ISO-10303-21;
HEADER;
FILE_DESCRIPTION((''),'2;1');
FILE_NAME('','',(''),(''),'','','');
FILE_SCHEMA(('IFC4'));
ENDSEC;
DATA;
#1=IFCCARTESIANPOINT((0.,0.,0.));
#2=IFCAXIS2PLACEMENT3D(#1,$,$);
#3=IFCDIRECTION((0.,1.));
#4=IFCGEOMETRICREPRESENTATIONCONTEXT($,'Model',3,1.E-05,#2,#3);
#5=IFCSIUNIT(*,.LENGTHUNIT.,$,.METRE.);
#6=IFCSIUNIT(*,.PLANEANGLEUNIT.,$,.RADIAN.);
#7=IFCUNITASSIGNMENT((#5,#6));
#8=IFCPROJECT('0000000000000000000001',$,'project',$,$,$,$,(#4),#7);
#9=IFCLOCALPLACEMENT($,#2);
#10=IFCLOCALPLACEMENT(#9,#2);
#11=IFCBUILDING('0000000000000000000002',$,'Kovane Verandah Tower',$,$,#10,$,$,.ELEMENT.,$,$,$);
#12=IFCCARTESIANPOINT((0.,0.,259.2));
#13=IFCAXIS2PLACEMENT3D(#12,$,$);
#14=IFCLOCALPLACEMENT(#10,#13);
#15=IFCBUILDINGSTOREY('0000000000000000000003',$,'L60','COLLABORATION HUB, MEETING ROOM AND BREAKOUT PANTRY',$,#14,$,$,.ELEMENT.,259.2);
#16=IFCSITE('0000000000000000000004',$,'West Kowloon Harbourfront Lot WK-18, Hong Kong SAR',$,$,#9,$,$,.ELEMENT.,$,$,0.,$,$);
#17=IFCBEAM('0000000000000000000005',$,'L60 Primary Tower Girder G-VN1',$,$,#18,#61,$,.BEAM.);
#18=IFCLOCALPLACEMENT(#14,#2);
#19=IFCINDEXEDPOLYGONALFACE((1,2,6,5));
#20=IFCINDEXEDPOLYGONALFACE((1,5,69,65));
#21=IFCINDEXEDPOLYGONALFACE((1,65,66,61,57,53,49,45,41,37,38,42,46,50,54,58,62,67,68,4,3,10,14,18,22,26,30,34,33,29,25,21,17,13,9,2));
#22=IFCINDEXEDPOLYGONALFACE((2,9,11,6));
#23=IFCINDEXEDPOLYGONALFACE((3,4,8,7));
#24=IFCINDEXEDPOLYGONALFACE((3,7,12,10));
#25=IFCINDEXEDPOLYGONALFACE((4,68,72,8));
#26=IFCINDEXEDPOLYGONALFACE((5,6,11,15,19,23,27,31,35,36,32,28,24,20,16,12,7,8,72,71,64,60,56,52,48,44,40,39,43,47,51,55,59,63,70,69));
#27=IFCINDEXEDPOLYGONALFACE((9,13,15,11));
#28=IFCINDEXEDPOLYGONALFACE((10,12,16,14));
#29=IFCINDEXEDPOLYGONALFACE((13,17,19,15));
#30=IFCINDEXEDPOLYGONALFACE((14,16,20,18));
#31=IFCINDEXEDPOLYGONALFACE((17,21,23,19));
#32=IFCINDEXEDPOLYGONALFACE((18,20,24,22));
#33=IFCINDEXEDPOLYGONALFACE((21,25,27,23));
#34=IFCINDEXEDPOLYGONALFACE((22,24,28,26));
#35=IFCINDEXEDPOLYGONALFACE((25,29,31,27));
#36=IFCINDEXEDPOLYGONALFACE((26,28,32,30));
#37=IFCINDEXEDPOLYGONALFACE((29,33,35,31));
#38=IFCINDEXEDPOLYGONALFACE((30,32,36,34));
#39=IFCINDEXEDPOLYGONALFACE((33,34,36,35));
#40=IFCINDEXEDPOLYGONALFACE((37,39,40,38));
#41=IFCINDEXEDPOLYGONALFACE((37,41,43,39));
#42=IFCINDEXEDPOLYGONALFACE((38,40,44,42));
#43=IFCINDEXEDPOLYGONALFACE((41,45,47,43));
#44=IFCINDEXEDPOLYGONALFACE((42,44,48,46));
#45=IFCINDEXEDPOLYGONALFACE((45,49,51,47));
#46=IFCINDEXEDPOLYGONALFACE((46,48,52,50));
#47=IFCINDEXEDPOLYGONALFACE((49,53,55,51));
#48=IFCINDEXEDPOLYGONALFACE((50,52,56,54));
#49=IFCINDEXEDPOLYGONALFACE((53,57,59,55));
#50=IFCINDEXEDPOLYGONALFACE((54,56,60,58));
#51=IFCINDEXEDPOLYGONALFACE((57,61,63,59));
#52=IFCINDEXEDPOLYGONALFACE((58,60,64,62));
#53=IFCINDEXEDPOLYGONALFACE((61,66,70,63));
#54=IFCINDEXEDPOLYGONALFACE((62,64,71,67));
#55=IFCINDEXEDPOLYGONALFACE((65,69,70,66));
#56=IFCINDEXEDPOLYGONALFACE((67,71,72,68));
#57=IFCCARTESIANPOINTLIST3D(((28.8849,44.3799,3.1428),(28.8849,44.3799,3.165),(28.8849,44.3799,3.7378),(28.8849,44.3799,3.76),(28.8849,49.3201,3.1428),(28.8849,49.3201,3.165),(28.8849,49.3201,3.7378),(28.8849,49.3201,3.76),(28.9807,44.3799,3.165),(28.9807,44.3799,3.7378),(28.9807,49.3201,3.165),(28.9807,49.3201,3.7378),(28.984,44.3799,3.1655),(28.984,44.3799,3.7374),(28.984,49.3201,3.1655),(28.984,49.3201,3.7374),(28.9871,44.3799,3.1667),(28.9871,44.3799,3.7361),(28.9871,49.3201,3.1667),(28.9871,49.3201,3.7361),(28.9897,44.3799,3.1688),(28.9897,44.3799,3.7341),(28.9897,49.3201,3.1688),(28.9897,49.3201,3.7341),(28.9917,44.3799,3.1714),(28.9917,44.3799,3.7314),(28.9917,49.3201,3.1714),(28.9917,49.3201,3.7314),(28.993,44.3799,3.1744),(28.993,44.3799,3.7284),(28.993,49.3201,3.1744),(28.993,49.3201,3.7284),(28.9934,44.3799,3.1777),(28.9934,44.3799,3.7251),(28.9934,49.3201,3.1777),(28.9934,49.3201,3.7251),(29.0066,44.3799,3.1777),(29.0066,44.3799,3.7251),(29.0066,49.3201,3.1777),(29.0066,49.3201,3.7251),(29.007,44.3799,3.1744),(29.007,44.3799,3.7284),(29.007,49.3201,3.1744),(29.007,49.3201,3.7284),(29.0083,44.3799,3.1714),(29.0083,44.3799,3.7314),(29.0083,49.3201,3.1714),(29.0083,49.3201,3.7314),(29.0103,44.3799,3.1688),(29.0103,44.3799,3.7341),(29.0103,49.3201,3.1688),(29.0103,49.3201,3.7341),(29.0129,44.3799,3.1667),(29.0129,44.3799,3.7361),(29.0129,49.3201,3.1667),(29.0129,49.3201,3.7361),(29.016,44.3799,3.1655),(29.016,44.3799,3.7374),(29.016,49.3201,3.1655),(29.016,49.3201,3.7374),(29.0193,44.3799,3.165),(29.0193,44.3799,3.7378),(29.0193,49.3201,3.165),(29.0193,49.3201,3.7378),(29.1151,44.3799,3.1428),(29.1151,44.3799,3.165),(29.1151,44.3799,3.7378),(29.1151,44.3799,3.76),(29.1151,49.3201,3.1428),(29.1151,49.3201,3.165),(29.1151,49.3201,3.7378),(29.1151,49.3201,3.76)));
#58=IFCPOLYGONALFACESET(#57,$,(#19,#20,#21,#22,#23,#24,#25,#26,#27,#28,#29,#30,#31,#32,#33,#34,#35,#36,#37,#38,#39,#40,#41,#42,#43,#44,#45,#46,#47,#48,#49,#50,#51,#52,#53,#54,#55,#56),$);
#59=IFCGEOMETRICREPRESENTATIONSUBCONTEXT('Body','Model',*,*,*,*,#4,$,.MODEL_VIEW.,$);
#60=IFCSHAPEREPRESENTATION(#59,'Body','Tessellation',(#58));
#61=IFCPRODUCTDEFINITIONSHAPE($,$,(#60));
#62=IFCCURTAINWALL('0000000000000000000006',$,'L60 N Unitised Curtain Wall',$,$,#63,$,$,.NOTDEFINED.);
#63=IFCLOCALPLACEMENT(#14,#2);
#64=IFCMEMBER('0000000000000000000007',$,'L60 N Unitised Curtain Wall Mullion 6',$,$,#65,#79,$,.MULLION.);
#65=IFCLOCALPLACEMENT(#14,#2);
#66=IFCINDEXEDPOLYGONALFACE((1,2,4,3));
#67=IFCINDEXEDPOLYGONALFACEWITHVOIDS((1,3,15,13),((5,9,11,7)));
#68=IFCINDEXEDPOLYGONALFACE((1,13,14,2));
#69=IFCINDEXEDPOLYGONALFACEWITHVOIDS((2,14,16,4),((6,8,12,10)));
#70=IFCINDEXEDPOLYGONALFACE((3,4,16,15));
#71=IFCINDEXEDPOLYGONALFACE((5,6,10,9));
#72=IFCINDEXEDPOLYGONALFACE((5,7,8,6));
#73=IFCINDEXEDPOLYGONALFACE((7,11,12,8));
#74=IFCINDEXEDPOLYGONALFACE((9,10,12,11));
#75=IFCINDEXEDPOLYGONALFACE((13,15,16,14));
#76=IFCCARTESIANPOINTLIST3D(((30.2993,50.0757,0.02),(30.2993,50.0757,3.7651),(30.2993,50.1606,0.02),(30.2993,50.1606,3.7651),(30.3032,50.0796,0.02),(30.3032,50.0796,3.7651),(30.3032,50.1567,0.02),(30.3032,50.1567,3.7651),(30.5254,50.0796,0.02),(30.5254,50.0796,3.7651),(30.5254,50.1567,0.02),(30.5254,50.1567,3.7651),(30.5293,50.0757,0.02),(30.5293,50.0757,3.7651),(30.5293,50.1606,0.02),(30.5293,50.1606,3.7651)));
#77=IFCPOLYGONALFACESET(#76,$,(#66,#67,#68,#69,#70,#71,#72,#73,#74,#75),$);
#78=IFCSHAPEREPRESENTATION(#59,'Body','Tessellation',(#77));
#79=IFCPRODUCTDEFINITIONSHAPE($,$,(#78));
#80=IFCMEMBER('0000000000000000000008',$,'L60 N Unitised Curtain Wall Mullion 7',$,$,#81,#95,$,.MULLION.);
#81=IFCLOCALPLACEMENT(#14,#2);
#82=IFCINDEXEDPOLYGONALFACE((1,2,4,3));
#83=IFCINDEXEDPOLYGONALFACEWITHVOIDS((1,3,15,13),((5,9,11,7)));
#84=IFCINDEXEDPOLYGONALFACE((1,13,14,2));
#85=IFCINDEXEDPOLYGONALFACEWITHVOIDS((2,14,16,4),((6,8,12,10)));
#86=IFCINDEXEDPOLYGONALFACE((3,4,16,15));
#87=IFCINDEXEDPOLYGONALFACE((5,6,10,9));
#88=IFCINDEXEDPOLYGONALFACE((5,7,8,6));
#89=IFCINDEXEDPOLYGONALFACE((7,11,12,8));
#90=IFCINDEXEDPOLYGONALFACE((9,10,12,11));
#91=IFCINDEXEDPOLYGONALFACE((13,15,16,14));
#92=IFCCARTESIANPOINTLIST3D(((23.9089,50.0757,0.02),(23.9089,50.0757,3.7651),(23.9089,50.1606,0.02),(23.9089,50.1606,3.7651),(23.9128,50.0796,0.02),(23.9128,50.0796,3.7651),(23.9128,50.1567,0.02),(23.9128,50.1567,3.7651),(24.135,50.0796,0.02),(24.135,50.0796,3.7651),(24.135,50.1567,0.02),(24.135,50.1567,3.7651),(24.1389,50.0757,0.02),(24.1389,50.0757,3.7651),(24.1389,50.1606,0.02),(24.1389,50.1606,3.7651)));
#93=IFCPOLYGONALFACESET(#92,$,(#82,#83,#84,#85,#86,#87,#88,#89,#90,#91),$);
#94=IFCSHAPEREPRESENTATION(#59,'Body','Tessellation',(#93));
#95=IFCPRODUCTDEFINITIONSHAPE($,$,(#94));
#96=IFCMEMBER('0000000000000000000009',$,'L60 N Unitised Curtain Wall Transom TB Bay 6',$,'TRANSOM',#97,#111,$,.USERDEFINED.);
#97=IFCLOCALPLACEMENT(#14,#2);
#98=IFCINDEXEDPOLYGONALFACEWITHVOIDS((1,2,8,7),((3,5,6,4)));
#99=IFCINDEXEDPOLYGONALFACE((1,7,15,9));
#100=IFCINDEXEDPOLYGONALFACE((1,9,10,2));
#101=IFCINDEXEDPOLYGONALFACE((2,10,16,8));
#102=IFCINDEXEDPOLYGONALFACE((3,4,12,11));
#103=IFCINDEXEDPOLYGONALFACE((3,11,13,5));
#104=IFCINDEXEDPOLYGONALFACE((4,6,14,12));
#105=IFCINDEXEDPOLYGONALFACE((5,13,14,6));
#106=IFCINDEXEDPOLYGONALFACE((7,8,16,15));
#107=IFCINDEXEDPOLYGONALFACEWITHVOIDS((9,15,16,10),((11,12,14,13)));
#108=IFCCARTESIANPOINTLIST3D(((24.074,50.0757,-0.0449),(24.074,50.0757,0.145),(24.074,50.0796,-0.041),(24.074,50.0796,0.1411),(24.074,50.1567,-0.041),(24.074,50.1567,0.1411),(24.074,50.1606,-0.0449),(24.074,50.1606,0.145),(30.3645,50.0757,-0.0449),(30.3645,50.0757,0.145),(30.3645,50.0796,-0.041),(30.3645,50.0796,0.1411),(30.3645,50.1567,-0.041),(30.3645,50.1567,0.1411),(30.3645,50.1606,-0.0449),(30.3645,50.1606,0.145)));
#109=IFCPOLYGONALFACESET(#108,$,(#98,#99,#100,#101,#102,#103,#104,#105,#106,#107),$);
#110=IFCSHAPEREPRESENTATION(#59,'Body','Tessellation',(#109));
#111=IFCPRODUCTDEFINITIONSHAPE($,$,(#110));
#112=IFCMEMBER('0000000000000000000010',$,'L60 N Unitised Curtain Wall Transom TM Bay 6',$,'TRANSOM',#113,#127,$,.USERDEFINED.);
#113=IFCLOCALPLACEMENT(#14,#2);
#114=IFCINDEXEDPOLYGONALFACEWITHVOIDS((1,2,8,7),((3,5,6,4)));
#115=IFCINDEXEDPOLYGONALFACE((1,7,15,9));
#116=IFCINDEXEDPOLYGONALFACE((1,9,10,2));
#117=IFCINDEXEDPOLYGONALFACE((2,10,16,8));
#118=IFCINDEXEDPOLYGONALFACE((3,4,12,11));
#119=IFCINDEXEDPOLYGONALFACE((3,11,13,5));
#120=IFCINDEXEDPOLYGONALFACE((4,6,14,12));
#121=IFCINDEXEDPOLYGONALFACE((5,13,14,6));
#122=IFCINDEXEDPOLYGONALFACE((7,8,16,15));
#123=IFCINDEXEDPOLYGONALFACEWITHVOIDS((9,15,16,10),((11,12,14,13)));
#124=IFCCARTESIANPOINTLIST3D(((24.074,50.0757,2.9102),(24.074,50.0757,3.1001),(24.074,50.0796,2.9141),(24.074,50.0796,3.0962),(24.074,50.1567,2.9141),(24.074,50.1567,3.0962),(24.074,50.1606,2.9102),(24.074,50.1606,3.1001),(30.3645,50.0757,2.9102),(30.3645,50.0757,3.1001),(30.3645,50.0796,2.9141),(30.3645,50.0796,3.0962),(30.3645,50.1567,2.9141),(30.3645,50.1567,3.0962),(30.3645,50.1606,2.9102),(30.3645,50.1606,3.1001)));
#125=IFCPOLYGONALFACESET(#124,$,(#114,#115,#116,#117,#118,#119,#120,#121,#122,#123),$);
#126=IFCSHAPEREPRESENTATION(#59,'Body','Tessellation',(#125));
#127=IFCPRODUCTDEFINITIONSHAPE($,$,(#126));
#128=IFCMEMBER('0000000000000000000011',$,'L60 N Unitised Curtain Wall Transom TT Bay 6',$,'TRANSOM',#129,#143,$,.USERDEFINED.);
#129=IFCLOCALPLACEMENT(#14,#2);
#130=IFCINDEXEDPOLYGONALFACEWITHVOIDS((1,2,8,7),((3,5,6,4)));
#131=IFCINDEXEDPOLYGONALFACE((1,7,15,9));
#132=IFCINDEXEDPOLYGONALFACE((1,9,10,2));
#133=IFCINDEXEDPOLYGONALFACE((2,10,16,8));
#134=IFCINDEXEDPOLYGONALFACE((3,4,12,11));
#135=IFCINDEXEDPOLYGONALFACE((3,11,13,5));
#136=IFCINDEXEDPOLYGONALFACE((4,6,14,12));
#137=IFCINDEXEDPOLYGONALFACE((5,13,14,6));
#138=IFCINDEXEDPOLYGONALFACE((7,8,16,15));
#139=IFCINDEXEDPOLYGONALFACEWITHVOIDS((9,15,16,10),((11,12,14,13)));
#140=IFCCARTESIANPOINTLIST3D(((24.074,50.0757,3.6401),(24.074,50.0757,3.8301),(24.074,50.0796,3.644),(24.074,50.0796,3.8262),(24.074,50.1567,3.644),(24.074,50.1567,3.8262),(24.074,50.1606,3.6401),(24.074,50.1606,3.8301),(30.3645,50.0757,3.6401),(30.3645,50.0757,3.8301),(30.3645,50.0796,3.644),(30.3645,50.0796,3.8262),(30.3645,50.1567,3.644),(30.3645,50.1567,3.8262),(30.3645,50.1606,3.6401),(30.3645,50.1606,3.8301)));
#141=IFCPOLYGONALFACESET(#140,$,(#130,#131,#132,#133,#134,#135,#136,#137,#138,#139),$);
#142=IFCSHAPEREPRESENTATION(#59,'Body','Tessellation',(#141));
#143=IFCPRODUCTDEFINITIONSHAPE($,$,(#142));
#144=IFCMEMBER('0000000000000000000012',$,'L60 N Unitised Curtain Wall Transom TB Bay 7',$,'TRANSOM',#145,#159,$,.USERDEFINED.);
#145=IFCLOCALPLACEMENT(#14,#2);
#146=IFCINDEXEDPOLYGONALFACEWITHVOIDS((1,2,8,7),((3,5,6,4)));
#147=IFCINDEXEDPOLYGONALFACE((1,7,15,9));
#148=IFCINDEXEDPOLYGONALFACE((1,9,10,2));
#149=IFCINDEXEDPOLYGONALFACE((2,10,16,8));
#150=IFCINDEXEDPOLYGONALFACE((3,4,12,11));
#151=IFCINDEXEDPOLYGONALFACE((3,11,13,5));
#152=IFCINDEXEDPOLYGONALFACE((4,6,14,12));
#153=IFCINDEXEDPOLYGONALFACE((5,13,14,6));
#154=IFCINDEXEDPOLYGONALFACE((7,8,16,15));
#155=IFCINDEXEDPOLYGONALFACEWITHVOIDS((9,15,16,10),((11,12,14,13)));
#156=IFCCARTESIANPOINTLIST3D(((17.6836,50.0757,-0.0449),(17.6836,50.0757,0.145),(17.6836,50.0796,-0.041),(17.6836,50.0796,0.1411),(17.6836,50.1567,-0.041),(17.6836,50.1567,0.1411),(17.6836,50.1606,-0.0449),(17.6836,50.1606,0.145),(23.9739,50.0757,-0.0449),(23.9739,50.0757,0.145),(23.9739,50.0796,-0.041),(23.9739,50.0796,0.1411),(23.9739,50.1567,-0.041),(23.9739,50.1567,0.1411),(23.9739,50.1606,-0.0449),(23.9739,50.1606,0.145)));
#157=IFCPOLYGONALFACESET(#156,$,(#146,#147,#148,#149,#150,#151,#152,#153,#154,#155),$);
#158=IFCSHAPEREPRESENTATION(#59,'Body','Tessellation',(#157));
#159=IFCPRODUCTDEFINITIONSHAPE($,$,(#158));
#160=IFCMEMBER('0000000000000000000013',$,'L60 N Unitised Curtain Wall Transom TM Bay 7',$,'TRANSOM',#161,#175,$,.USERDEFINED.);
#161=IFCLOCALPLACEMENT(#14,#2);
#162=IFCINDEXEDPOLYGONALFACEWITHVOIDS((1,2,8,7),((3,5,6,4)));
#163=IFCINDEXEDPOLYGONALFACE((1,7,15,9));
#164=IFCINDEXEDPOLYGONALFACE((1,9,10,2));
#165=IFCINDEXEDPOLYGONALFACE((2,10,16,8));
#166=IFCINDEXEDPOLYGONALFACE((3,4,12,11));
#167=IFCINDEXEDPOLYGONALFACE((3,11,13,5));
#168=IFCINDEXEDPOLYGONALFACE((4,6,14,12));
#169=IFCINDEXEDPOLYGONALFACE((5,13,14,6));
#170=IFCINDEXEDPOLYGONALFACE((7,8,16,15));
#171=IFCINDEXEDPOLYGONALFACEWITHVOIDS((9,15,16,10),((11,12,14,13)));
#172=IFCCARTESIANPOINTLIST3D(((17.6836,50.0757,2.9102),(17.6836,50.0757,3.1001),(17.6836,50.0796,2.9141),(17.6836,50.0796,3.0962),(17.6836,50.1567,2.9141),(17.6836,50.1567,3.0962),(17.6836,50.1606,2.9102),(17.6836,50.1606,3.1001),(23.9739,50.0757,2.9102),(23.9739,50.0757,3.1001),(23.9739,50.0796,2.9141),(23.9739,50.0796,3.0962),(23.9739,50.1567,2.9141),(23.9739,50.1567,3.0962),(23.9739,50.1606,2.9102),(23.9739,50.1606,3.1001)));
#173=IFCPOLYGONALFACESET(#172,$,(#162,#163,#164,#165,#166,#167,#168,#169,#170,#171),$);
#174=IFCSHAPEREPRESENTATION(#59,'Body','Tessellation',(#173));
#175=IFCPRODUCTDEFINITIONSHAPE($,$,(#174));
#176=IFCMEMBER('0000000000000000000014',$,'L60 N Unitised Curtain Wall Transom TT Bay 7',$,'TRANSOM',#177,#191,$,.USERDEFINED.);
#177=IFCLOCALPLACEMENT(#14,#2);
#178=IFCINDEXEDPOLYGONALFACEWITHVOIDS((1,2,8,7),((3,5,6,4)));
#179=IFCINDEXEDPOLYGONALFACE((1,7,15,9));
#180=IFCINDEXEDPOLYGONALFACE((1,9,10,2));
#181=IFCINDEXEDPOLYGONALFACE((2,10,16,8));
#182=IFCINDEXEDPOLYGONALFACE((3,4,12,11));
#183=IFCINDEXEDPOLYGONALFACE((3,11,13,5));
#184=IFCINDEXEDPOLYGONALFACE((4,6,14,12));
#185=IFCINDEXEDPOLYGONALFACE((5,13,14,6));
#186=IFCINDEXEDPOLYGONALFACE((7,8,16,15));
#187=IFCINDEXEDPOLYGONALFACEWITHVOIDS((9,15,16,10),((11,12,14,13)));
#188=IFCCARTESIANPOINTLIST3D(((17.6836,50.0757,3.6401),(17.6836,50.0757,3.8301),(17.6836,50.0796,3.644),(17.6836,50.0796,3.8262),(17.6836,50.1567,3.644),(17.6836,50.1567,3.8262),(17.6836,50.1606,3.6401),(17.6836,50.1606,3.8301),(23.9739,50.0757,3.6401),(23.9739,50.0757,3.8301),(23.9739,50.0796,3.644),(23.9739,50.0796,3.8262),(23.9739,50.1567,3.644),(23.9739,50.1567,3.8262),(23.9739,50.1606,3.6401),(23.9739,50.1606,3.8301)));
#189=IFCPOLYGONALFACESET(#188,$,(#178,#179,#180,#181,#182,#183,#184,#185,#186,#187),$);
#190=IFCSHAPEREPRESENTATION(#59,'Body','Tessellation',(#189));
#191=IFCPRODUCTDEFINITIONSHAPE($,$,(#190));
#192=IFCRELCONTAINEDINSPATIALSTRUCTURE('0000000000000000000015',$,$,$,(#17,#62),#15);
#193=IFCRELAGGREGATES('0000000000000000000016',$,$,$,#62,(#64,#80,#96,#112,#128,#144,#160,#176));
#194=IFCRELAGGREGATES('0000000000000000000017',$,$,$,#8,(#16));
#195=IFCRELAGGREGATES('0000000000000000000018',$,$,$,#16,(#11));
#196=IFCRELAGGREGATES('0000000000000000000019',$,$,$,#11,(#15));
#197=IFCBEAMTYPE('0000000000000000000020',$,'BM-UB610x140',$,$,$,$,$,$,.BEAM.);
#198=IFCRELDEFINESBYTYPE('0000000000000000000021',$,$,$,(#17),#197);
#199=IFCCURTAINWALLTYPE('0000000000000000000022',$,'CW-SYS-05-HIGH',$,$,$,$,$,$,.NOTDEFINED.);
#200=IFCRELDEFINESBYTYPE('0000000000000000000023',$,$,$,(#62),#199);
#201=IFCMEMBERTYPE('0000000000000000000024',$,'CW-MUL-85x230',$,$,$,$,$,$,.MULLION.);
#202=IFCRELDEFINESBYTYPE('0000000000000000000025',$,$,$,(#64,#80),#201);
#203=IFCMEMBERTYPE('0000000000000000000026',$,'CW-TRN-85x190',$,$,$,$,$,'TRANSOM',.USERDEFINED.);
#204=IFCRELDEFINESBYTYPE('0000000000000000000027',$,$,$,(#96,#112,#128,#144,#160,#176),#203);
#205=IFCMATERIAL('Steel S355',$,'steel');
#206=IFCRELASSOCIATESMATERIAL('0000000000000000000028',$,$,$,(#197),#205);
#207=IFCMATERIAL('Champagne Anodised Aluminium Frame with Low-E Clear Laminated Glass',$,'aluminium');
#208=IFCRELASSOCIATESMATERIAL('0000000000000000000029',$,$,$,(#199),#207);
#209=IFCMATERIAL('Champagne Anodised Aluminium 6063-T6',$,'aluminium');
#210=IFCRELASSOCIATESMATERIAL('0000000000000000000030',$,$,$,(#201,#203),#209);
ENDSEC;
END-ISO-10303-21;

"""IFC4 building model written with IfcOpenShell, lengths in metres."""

from ifc_helpers import new_model, si_unit, direction, frame, origin, origin_2d, place, context, subcontext, project, spatial, hollow_rectangle, i_section, extrude, material, material_profile, profile_set, type_object, element, aggregate, save


model = new_model("IFC4")

# Units and contexts
model_context = context("Model", 3, precision=1e-05, world=origin(), true_north=direction((0.0, 1.0)))
body_context = subcontext(model_context, "Body", "Model", "MODEL_VIEW")
ifc_project = project(units=[si_unit("LENGTHUNIT", "METRE"), si_unit("PLANEANGLEUNIT", "RADIAN")], contexts=[model_context])

# Site, building, storey
site_placement = place(None, origin())
site = spatial("IfcSite", under=ifc_project, at=site_placement, Name="West Kowloon Harbourfront Lot WK-18, Hong Kong SAR", CompositionType="ELEMENT", RefElevation=0.0)
building_placement = place(site_placement, origin())
building = spatial("IfcBuilding", under=site, at=building_placement, Name="Kovane Verandah Tower", CompositionType="ELEMENT")
storey_placement = place(building_placement, frame((0.0, 0.0, 259.2)))
storey = spatial("IfcBuildingStorey", under=building, at=storey_placement, Name="L60", Description="COLLABORATION HUB, MEETING ROOM AND BREAKOUT PANTRY", CompositionType="ELEMENT", Elevation=259.2)

# Beam
ifc_material_1 = material(Name="Steel S355", Category="steel")
ifc_material_profile_1 = material_profile(ifc_material_1, i_section(OverallWidth=0.2302, OverallDepth=0.6172, WebThickness=0.0132, FlangeThickness=0.0222, FilletRadius=0.0127, at=origin_2d()), Name="UB610x229x140")
ifc_profile_set_1 = profile_set([ifc_material_profile_1], Name="Steel S355")
beam_type_1 = type_object("IfcBeamType", Name="BM-UB610x140", PredefinedType="BEAM", material=ifc_profile_set_1)
beam_1_placement = place(storey_placement, frame((29.0, 44.3799, 3.4514), z_axis=(0.0, 1.0, 0.0), x_axis=(-1.0, 0.0, 0.0)))
element("IfcBeam", 1, at=beam_1_placement, inside=storey, type_object=beam_type_1, Name="L60 Primary Tower Girder G-VN1", PredefinedType="BEAM", context=body_context, shape_type="SweptSolid", body=[
    extrude(i_section(OverallWidth=0.2302, OverallDepth=0.6172, WebThickness=0.0132, FlangeThickness=0.0222, FilletRadius=0.0127, at=origin_2d()), origin(), (0.0, 0.0, 1.0), 4.9402),
])

# Curtain wall, members
ifc_material_2 = material(Name="Champagne Anodised Aluminium Frame with Low-E Clear Laminated Glass", Category="aluminium")
curtain_wall_type = type_object("IfcCurtainWallType", Name="CW-SYS-05-HIGH", PredefinedType="NOTDEFINED", material=ifc_material_2)
curtain_wall_placement = place(storey_placement, origin())
curtain_wall = element("IfcCurtainWall", 2, at=curtain_wall_placement, inside=storey, type_object=curtain_wall_type, Name="L60 N Unitised Curtain Wall", PredefinedType="NOTDEFINED")
ifc_material_3 = material(Name="Champagne Anodised Aluminium 6063-T6", Category="aluminium")
ifc_material_profile_2 = material_profile(ifc_material_3, hollow_rectangle(XDim=0.085, YDim=0.23, WallThickness=0.0039, at=origin_2d()), Name="AL85x230x4")
ifc_profile_set_2 = profile_set([ifc_material_profile_2], Name="Champagne Anodised Aluminium 6063-T6")
member_type_1 = type_object("IfcMemberType", Name="CW-MUL-85x230", PredefinedType="MULLION", material=ifc_profile_set_2)
member_1_placement = place(storey_placement, frame((30.4143, 50.1182, 0.02), z_axis=(0.0, 0.0, 1.0), x_axis=(0.0, 1.0, 0.0)))
member_1 = element("IfcMember", 3, at=member_1_placement, type_object=member_type_1, Name="L60 N Unitised Curtain Wall Mullion 6", PredefinedType="MULLION", context=body_context, shape_type="SweptSolid", body=[
    extrude(hollow_rectangle(XDim=0.085, YDim=0.23, WallThickness=0.0039, at=origin_2d()), origin(), (0.0, 0.0, 1.0), 3.7451),
])
member_2_placement = place(storey_placement, frame((24.0239, 50.1182, 0.02), z_axis=(0.0, 0.0, 1.0), x_axis=(0.0, 1.0, 0.0)))
member_2 = element("IfcMember", 4, at=member_2_placement, type_object=member_type_1, Name="L60 N Unitised Curtain Wall Mullion 7", PredefinedType="MULLION", context=body_context, shape_type="SweptSolid", body=[
    extrude(hollow_rectangle(XDim=0.085, YDim=0.23, WallThickness=0.0039, at=origin_2d()), origin(), (0.0, 0.0, 1.0), 3.7451),
])
ifc_material_profile_3 = material_profile(ifc_material_3, hollow_rectangle(XDim=0.085, YDim=0.1899, WallThickness=0.0039, at=origin_2d()), Name="AL85x190x4")
ifc_profile_set_3 = profile_set([ifc_material_profile_3], Name="Champagne Anodised Aluminium 6063-T6")
member_type_2 = type_object("IfcMemberType", Name="CW-TRN-85x190", ElementType="TRANSOM", PredefinedType="USERDEFINED", material=ifc_profile_set_3)
member_3_placement = place(storey_placement, frame((30.3645, 50.1182, 0.05), z_axis=(-1.0, 0.0, 0.0), x_axis=(0.0, -1.0, 0.0)))
member_3 = element("IfcMember", 5, at=member_3_placement, type_object=member_type_2, Name="L60 N Unitised Curtain Wall Transom TB Bay 6", ObjectType="TRANSOM", PredefinedType="USERDEFINED", context=body_context, shape_type="SweptSolid", body=[
    extrude(hollow_rectangle(XDim=0.085, YDim=0.1899, WallThickness=0.0039, at=origin_2d()), origin(), (0.0, 0.0, 1.0), 6.2905),
])
member_4_placement = place(storey_placement, frame((30.3645, 50.1182, 3.0051), z_axis=(-1.0, 0.0, 0.0), x_axis=(0.0, -1.0, 0.0)))
member_4 = element("IfcMember", 6, at=member_4_placement, type_object=member_type_2, Name="L60 N Unitised Curtain Wall Transom TM Bay 6", ObjectType="TRANSOM", PredefinedType="USERDEFINED", context=body_context, shape_type="SweptSolid", body=[
    extrude(hollow_rectangle(XDim=0.085, YDim=0.1899, WallThickness=0.0039, at=origin_2d()), origin(), (0.0, 0.0, 1.0), 6.2905),
])
member_5_placement = place(storey_placement, frame((30.3645, 50.1182, 3.7351), z_axis=(-1.0, 0.0, 0.0), x_axis=(0.0, -1.0, 0.0)))
member_5 = element("IfcMember", 7, at=member_5_placement, type_object=member_type_2, Name="L60 N Unitised Curtain Wall Transom TT Bay 6", ObjectType="TRANSOM", PredefinedType="USERDEFINED", context=body_context, shape_type="SweptSolid", body=[
    extrude(hollow_rectangle(XDim=0.085, YDim=0.1899, WallThickness=0.0039, at=origin_2d()), origin(), (0.0, 0.0, 1.0), 6.2905),
])
member_6_placement = place(storey_placement, frame((23.9739, 50.1182, 0.05), z_axis=(-1.0, 0.0, 0.0), x_axis=(0.0, -1.0, 0.0)))
member_6 = element("IfcMember", 8, at=member_6_placement, type_object=member_type_2, Name="L60 N Unitised Curtain Wall Transom TB Bay 7", ObjectType="TRANSOM", PredefinedType="USERDEFINED", context=body_context, shape_type="SweptSolid", body=[
    extrude(hollow_rectangle(XDim=0.085, YDim=0.1899, WallThickness=0.0039, at=origin_2d()), origin(), (0.0, 0.0, 1.0), 6.2903),
])
member_7_placement = place(storey_placement, frame((23.9739, 50.1182, 3.0051), z_axis=(-1.0, 0.0, 0.0), x_axis=(0.0, -1.0, 0.0)))
member_7 = element("IfcMember", 9, at=member_7_placement, type_object=member_type_2, Name="L60 N Unitised Curtain Wall Transom TM Bay 7", ObjectType="TRANSOM", PredefinedType="USERDEFINED", context=body_context, shape_type="SweptSolid", body=[
    extrude(hollow_rectangle(XDim=0.085, YDim=0.1899, WallThickness=0.0039, at=origin_2d()), origin(), (0.0, 0.0, 1.0), 6.2903),
])
member_8_placement = place(storey_placement, frame((23.9739, 50.1182, 3.7351), z_axis=(-1.0, 0.0, 0.0), x_axis=(0.0, -1.0, 0.0)))
member_8 = element("IfcMember", 10, at=member_8_placement, type_object=member_type_2, Name="L60 N Unitised Curtain Wall Transom TT Bay 7", ObjectType="TRANSOM", PredefinedType="USERDEFINED", context=body_context, shape_type="SweptSolid", body=[
    extrude(hollow_rectangle(XDim=0.085, YDim=0.1899, WallThickness=0.0039, at=origin_2d()), origin(), (0.0, 0.0, 1.0), 6.2903),
])

aggregate(curtain_wall, [member_1, member_2, member_3, member_4, member_5, member_6, member_7, member_8])

save(model, "model.ifc")
